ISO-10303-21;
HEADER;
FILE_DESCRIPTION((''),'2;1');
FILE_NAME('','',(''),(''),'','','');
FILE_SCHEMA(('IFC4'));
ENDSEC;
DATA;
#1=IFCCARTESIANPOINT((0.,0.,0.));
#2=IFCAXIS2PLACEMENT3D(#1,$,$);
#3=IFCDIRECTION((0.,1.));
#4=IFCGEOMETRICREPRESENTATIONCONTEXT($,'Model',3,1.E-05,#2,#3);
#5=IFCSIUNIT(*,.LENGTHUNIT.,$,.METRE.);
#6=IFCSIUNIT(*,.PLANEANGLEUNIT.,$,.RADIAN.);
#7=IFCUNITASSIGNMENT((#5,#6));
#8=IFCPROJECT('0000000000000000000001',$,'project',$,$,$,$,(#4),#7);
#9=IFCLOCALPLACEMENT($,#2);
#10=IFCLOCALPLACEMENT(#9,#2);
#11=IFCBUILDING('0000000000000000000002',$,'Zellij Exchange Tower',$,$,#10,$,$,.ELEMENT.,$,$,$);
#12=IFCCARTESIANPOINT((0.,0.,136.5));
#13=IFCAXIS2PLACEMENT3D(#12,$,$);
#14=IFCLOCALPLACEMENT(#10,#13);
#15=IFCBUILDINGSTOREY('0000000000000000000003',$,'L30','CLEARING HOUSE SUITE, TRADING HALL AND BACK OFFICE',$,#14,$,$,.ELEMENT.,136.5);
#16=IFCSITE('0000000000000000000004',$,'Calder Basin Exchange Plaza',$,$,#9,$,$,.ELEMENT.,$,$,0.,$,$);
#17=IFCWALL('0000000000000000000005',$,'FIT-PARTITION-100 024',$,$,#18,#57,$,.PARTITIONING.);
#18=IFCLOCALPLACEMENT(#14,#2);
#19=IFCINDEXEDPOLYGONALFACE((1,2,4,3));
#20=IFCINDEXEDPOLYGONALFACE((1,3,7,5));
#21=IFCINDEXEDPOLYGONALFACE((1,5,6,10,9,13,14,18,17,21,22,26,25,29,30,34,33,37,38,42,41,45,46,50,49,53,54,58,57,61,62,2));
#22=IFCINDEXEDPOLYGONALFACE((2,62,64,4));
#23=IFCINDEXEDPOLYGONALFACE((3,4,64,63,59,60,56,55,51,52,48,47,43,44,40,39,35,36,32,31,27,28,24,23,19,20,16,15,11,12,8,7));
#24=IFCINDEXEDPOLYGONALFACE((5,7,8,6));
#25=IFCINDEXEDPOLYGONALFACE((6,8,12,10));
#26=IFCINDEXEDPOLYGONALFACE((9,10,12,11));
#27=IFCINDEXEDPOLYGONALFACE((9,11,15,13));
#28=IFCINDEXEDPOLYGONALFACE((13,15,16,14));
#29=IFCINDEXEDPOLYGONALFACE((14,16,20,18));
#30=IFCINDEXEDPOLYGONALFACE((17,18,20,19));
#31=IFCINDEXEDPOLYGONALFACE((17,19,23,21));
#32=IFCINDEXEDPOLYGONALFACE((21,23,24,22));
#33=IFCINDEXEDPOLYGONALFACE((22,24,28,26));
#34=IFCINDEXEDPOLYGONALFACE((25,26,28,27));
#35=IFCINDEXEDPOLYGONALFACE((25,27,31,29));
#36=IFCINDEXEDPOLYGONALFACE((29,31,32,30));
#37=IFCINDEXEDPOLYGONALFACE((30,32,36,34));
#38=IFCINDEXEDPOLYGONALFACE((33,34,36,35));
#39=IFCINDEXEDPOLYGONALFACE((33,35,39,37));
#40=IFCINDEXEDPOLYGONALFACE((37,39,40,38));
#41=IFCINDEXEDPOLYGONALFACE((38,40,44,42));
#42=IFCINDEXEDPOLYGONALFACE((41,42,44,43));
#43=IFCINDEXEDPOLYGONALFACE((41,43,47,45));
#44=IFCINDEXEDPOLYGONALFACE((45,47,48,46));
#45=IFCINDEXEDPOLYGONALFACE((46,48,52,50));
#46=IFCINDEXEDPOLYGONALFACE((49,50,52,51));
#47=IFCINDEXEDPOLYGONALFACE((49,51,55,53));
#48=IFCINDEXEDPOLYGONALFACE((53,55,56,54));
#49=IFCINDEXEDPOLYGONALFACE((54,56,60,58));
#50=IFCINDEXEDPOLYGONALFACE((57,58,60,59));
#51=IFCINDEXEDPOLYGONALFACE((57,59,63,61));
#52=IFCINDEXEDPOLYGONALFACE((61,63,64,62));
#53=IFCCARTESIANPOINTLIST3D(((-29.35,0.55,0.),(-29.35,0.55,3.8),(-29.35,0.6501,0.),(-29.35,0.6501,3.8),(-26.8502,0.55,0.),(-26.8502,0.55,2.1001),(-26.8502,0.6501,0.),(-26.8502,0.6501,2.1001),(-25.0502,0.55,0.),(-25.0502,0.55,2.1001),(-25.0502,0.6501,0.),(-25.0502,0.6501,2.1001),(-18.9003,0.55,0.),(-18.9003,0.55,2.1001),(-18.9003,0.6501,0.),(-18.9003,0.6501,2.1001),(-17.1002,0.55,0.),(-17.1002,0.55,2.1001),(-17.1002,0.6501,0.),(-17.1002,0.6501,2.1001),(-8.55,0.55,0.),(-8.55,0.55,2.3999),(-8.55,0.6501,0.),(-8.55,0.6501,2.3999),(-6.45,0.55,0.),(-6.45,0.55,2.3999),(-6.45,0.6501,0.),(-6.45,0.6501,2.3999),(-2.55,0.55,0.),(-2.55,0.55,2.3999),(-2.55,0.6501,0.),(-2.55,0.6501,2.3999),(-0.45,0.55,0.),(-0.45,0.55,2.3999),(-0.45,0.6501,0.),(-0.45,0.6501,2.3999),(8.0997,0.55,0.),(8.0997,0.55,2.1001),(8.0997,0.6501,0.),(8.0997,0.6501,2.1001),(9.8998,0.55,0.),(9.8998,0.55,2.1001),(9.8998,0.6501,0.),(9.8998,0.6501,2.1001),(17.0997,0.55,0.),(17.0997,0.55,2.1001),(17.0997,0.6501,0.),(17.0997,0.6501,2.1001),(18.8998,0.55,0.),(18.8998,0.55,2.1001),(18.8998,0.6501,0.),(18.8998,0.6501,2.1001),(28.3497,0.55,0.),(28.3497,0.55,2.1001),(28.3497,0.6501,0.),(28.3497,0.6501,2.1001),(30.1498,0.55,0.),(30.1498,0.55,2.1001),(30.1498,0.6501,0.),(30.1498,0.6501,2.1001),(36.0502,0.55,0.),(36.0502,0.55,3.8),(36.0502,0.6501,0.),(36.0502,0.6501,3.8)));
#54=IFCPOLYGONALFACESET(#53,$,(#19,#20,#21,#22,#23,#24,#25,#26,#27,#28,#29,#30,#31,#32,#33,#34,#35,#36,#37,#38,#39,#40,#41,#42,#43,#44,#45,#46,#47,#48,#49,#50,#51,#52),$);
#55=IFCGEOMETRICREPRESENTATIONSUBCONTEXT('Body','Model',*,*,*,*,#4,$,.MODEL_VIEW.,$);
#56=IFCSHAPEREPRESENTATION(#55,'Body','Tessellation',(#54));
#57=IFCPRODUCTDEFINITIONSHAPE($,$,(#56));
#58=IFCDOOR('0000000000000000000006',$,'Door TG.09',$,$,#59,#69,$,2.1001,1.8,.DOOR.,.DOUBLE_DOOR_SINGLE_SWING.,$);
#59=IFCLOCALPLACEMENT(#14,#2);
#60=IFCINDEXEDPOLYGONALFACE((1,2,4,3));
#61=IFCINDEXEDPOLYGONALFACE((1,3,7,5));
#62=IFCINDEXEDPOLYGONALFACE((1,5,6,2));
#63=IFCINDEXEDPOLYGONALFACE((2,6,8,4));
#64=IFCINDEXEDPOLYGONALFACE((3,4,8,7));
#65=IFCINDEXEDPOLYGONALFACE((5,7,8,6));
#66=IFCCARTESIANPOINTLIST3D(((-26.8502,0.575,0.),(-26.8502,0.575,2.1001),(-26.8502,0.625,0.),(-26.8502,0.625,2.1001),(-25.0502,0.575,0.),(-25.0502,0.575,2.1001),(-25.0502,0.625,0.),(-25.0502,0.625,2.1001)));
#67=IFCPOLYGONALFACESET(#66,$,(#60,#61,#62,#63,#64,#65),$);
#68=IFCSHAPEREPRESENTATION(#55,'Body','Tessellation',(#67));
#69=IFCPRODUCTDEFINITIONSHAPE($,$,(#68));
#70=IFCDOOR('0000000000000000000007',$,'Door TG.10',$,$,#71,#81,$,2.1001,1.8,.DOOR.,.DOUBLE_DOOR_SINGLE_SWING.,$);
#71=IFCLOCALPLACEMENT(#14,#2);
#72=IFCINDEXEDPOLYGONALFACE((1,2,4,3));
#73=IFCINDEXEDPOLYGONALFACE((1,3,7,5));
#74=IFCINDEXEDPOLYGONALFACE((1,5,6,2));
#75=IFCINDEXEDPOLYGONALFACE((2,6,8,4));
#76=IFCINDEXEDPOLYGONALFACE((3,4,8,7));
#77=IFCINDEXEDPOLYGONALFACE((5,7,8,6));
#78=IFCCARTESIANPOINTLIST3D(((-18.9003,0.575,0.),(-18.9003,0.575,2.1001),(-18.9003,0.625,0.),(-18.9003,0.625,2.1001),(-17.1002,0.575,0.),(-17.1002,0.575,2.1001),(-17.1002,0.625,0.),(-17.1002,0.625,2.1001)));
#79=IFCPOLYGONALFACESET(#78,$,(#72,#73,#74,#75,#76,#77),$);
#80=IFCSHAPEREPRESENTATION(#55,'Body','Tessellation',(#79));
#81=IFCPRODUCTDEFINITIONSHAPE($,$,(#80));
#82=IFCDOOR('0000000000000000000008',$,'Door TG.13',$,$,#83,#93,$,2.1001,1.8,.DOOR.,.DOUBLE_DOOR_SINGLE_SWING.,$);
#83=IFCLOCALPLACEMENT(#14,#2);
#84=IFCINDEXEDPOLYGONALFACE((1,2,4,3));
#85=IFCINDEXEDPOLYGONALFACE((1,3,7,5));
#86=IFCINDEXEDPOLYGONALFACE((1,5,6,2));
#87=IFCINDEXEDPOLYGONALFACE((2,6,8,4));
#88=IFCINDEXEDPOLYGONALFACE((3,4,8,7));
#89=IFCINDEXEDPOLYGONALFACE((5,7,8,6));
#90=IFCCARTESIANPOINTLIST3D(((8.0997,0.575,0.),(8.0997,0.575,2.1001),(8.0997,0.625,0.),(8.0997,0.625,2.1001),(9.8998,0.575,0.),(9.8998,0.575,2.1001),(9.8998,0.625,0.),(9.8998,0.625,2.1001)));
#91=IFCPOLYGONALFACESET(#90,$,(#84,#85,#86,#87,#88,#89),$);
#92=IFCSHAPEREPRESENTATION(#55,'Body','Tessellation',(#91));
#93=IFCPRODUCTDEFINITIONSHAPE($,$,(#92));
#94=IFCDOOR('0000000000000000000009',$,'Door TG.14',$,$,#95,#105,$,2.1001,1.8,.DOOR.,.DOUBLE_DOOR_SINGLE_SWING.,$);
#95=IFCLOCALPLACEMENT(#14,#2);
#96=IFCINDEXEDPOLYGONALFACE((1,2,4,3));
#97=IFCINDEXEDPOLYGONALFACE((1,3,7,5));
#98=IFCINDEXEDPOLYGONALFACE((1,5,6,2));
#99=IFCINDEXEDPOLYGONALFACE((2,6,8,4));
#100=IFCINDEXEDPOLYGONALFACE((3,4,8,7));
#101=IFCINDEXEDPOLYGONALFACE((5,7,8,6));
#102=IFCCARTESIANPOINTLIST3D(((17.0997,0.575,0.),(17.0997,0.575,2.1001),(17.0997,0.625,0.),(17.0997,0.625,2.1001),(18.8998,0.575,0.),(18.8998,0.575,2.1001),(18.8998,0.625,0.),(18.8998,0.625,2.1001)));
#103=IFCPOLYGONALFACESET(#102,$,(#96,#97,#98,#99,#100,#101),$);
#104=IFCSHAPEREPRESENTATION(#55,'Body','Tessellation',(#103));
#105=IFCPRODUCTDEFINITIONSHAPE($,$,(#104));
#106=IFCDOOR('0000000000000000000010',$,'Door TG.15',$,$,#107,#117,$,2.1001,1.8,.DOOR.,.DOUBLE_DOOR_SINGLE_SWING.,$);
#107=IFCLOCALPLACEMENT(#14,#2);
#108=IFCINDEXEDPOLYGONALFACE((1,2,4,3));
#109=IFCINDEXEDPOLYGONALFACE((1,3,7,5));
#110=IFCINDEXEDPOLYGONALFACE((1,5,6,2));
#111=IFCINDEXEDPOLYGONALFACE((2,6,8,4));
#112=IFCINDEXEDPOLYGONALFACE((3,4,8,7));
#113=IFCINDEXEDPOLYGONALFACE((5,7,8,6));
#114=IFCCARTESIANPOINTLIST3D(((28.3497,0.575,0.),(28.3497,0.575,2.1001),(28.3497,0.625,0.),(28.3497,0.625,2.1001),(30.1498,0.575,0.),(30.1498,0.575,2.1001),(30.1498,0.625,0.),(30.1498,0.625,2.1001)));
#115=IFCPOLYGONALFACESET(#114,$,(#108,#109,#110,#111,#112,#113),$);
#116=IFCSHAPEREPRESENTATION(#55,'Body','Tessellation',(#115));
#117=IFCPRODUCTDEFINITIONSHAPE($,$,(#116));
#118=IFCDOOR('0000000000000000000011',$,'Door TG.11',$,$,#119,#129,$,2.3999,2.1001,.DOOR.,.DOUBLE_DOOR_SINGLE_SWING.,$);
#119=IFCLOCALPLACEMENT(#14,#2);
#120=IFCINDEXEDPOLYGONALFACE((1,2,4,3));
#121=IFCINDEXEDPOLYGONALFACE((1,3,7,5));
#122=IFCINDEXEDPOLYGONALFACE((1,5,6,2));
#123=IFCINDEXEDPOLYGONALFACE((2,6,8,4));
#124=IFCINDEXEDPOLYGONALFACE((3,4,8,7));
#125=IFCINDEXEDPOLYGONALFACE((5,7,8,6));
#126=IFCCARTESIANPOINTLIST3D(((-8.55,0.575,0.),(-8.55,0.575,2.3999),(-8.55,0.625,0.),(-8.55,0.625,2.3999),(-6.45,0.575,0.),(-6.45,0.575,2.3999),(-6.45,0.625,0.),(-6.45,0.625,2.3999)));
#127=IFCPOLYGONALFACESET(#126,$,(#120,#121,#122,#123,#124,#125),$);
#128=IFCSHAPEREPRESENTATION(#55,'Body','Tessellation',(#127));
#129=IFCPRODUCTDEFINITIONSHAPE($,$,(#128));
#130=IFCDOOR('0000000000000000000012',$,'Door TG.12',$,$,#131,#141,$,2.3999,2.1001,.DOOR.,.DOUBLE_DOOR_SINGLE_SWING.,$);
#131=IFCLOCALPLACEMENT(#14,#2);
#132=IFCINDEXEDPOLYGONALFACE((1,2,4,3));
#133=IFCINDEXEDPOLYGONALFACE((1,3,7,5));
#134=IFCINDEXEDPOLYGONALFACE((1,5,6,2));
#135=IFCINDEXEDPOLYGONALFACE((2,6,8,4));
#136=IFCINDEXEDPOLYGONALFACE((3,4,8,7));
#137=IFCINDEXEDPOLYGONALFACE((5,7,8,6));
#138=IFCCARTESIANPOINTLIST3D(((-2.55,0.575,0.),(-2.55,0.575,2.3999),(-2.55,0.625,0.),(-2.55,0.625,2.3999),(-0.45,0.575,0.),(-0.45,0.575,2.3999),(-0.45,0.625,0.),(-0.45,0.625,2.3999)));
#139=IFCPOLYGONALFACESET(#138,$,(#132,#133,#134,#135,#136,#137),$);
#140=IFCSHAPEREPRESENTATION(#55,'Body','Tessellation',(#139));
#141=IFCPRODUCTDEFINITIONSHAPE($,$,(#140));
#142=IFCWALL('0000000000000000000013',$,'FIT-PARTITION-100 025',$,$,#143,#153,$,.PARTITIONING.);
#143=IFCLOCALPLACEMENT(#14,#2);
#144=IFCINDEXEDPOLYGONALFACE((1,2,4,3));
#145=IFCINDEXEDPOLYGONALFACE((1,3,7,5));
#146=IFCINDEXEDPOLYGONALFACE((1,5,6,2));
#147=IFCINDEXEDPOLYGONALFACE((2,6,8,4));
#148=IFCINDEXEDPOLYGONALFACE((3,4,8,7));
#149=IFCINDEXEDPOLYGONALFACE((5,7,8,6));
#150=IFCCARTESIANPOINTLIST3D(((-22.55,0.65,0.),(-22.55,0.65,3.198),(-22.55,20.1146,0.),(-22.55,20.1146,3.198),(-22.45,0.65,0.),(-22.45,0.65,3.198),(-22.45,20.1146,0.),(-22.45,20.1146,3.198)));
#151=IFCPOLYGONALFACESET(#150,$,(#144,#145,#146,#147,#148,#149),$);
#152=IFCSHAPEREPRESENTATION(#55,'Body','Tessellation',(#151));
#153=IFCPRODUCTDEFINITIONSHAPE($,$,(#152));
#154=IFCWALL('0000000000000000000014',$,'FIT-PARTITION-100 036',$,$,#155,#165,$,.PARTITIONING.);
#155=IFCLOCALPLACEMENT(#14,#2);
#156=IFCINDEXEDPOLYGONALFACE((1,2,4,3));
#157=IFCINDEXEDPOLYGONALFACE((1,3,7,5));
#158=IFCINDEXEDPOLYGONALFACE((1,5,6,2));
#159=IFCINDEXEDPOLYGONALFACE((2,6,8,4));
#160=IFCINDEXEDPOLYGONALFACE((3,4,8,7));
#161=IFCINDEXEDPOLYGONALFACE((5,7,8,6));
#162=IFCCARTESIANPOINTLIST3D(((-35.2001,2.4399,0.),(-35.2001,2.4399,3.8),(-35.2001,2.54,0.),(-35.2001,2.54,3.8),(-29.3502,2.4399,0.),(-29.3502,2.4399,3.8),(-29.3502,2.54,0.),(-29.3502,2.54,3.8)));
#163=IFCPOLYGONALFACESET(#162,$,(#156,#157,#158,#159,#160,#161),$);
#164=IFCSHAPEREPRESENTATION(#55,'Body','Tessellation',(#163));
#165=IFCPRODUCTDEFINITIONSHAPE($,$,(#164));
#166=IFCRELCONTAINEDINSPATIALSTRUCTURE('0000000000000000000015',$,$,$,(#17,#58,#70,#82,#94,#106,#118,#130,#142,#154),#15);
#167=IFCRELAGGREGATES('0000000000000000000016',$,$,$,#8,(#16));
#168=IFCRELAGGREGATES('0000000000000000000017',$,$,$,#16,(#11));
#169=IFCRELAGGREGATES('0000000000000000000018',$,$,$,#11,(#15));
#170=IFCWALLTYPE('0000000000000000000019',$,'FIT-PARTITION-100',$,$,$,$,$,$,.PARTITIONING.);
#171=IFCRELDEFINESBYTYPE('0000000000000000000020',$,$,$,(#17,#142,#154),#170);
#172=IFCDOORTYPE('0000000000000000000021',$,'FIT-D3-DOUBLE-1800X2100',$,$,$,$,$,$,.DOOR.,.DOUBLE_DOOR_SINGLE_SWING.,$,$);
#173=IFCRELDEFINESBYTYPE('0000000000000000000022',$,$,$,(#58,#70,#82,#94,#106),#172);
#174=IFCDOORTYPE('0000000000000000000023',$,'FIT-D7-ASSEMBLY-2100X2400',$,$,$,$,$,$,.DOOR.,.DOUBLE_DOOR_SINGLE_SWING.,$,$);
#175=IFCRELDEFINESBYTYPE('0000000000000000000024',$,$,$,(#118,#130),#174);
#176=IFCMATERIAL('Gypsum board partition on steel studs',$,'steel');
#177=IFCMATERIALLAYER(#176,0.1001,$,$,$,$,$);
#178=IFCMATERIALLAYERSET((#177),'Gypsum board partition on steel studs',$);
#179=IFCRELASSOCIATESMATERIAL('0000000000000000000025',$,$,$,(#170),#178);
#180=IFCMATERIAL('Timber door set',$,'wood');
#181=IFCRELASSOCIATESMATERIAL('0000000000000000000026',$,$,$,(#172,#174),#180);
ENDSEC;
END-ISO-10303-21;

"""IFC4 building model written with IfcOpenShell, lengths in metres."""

from ifc_helpers import new_model, si_unit, direction, frame, frame_2d, origin, place, context, subcontext, project, spatial, rectangle, extrude, material, layer, layer_set, type_object, element, fill, save


model = new_model("IFC4")

# Units and contexts
model_context = context("Model", 3, precision=1e-05, world=origin(), true_north=direction((0.0, 1.0)))
body_context = subcontext(model_context, "Body", "Model", "MODEL_VIEW")
ifc_project = project(units=[si_unit("LENGTHUNIT", "METRE"), si_unit("PLANEANGLEUNIT", "RADIAN")], contexts=[model_context])

# Site, building, storey
site_placement = place(None, origin())
site = spatial("IfcSite", under=ifc_project, at=site_placement, Name="Calder Basin Exchange Plaza", CompositionType="ELEMENT", RefElevation=0.0)
building_placement = place(site_placement, origin())
building = spatial("IfcBuilding", under=site, at=building_placement, Name="Zellij Exchange Tower", CompositionType="ELEMENT")
storey_placement = place(building_placement, frame((0.0, 0.0, 136.5)))
storey = spatial("IfcBuildingStorey", under=building, at=storey_placement, Name="L30", Description="CLEARING HOUSE SUITE, TRADING HALL AND BACK OFFICE", CompositionType="ELEMENT", Elevation=136.5)

# Shared definitions
ifc_material_1 = material(Name="Gypsum board partition on steel studs", Category="steel")
ifc_layer_1 = layer(ifc_material_1, 0.1001)
ifc_layer_set_1 = layer_set([ifc_layer_1], Name="Gypsum board partition on steel studs")
wall_type_1 = type_object("IfcWallType", Name="FIT-PARTITION-100", PredefinedType="PARTITIONING", material=ifc_layer_set_1)

# Wall, openings, doors
wall_1_placement = place(storey_placement, frame((-29.3501, 0.6001, 0.0), z_axis=(0.0, 0.0, 1.0), x_axis=(1.0, 0.0, 0.0)))
wall_1 = element("IfcWall", 1, at=wall_1_placement, inside=storey, type_object=wall_type_1, Name="FIT-PARTITION-100 024", PredefinedType="PARTITIONING", context=body_context, shape_type="SweptSolid", body=[
    extrude(rectangle(XDim=65.4001, YDim=0.1001, at=frame_2d((32.7002, 0.0))), origin(), (0.0, 0.0, 1.0), 3.8),
])
opening_1_placement = place(wall_1_placement, frame((2.5, 0.0, 0.0)))
opening_1 = element("IfcOpeningElement", 2, at=opening_1_placement, cuts=wall_1, PredefinedType="OPENING", context=body_context, shape_type="SweptSolid", body=[
    extrude(rectangle(XDim=1.8, YDim=2.1001, at=frame_2d((0.8999, 1.05))), frame((0.0, 0.062, 0.0), z_axis=(0.0, -1.0, 0.0), x_axis=(1.0, 0.0, 0.0)), (0.0, 0.0, 1.0), 0.124),
])
opening_2_placement = place(wall_1_placement, frame((10.45, 0.0, 0.0)))
opening_2 = element("IfcOpeningElement", 3, at=opening_2_placement, cuts=wall_1, PredefinedType="OPENING", context=body_context, shape_type="SweptSolid", body=[
    extrude(rectangle(XDim=1.8, YDim=2.1001, at=frame_2d((0.8999, 1.05))), frame((0.0, 0.062, 0.0), z_axis=(0.0, -1.0, 0.0), x_axis=(1.0, 0.0, 0.0)), (0.0, 0.0, 1.0), 0.124),
])
opening_3_placement = place(wall_1_placement, frame((20.8, 0.0, 0.0)))
opening_3 = element("IfcOpeningElement", 4, at=opening_3_placement, cuts=wall_1, PredefinedType="OPENING", context=body_context, shape_type="SweptSolid", body=[
    extrude(rectangle(XDim=2.1001, YDim=2.3999, at=frame_2d((1.05, 1.2))), frame((0.0, 0.062, 0.0), z_axis=(0.0, -1.0, 0.0), x_axis=(1.0, 0.0, 0.0)), (0.0, 0.0, 1.0), 0.124),
])
opening_4_placement = place(wall_1_placement, frame((26.8, 0.0, 0.0)))
opening_4 = element("IfcOpeningElement", 5, at=opening_4_placement, cuts=wall_1, PredefinedType="OPENING", context=body_context, shape_type="SweptSolid", body=[
    extrude(rectangle(XDim=2.1001, YDim=2.3999, at=frame_2d((1.05, 1.2))), frame((0.0, 0.062, 0.0), z_axis=(0.0, -1.0, 0.0), x_axis=(1.0, 0.0, 0.0)), (0.0, 0.0, 1.0), 0.124),
])
opening_5_placement = place(wall_1_placement, frame((37.45, 0.0, 0.0)))
opening_5 = element("IfcOpeningElement", 6, at=opening_5_placement, cuts=wall_1, PredefinedType="OPENING", context=body_context, shape_type="SweptSolid", body=[
    extrude(rectangle(XDim=1.8, YDim=2.1001, at=frame_2d((0.8999, 1.05))), frame((0.0, 0.062, 0.0), z_axis=(0.0, -1.0, 0.0), x_axis=(1.0, 0.0, 0.0)), (0.0, 0.0, 1.0), 0.124),
])
opening_6_placement = place(wall_1_placement, frame((46.45, 0.0, 0.0)))
opening_6 = element("IfcOpeningElement", 7, at=opening_6_placement, cuts=wall_1, PredefinedType="OPENING", context=body_context, shape_type="SweptSolid", body=[
    extrude(rectangle(XDim=1.8, YDim=2.1001, at=frame_2d((0.8999, 1.05))), frame((0.0, 0.062, 0.0), z_axis=(0.0, -1.0, 0.0), x_axis=(1.0, 0.0, 0.0)), (0.0, 0.0, 1.0), 0.124),
])
opening_7_placement = place(wall_1_placement, frame((57.7, 0.0, 0.0)))
opening_7 = element("IfcOpeningElement", 8, at=opening_7_placement, cuts=wall_1, PredefinedType="OPENING", context=body_context, shape_type="SweptSolid", body=[
    extrude(rectangle(XDim=1.8, YDim=2.1001, at=frame_2d((0.8999, 1.05))), frame((0.0, 0.062, 0.0), z_axis=(0.0, -1.0, 0.0), x_axis=(1.0, 0.0, 0.0)), (0.0, 0.0, 1.0), 0.124),
])
ifc_material_2 = material(Name="Timber door set", Category="wood")
door_type_1 = type_object("IfcDoorType", Name="FIT-D3-DOUBLE-1800X2100", OperationType="DOUBLE_DOOR_SINGLE_SWING", PredefinedType="DOOR", material=ifc_material_2)
door_1_placement = place(opening_1_placement, origin())
door_1 = element("IfcDoor", 9, at=door_1_placement, inside=storey, type_object=door_type_1, Name="Door TG.09", OperationType="DOUBLE_DOOR_SINGLE_SWING", OverallHeight=2.1001, OverallWidth=1.8, PredefinedType="DOOR", context=body_context, shape_type="SweptSolid", body=[
    extrude(rectangle(XDim=1.8, YDim=2.1001, at=frame_2d((0.8999, 1.05))), frame((0.0, 0.0249, 0.0), z_axis=(0.0, -1.0, 0.0), x_axis=(1.0, 0.0, 0.0)), (0.0, 0.0, 1.0), 0.05),
])
fill(opening_1, door_1)
door_2_placement = place(opening_2_placement, origin())
door_2 = element("IfcDoor", 10, at=door_2_placement, inside=storey, type_object=door_type_1, Name="Door TG.10", OperationType="DOUBLE_DOOR_SINGLE_SWING", OverallHeight=2.1001, OverallWidth=1.8, PredefinedType="DOOR", context=body_context, shape_type="SweptSolid", body=[
    extrude(rectangle(XDim=1.8, YDim=2.1001, at=frame_2d((0.8999, 1.05))), frame((0.0, 0.0249, 0.0), z_axis=(0.0, -1.0, 0.0), x_axis=(1.0, 0.0, 0.0)), (0.0, 0.0, 1.0), 0.05),
])
fill(opening_2, door_2)
door_3_placement = place(opening_5_placement, origin())
door_3 = element("IfcDoor", 11, at=door_3_placement, inside=storey, type_object=door_type_1, Name="Door TG.13", OperationType="DOUBLE_DOOR_SINGLE_SWING", OverallHeight=2.1001, OverallWidth=1.8, PredefinedType="DOOR", context=body_context, shape_type="SweptSolid", body=[
    extrude(rectangle(XDim=1.8, YDim=2.1001, at=frame_2d((0.8999, 1.05))), frame((0.0, 0.0249, 0.0), z_axis=(0.0, -1.0, 0.0), x_axis=(1.0, 0.0, 0.0)), (0.0, 0.0, 1.0), 0.05),
])
fill(opening_5, door_3)
door_4_placement = place(opening_6_placement, origin())
door_4 = element("IfcDoor", 12, at=door_4_placement, inside=storey, type_object=door_type_1, Name="Door TG.14", OperationType="DOUBLE_DOOR_SINGLE_SWING", OverallHeight=2.1001, OverallWidth=1.8, PredefinedType="DOOR", context=body_context, shape_type="SweptSolid", body=[
    extrude(rectangle(XDim=1.8, YDim=2.1001, at=frame_2d((0.8999, 1.05))), frame((0.0, 0.0249, 0.0), z_axis=(0.0, -1.0, 0.0), x_axis=(1.0, 0.0, 0.0)), (0.0, 0.0, 1.0), 0.05),
])
fill(opening_6, door_4)
door_5_placement = place(opening_7_placement, origin())
door_5 = element("IfcDoor", 13, at=door_5_placement, inside=storey, type_object=door_type_1, Name="Door TG.15", OperationType="DOUBLE_DOOR_SINGLE_SWING", OverallHeight=2.1001, OverallWidth=1.8, PredefinedType="DOOR", context=body_context, shape_type="SweptSolid", body=[
    extrude(rectangle(XDim=1.8, YDim=2.1001, at=frame_2d((0.8999, 1.05))), frame((0.0, 0.0249, 0.0), z_axis=(0.0, -1.0, 0.0), x_axis=(1.0, 0.0, 0.0)), (0.0, 0.0, 1.0), 0.05),
])
fill(opening_7, door_5)
door_type_2 = type_object("IfcDoorType", Name="FIT-D7-ASSEMBLY-2100X2400", OperationType="DOUBLE_DOOR_SINGLE_SWING", PredefinedType="DOOR", material=ifc_material_2)
door_6_placement = place(opening_3_placement, origin())
door_6 = element("IfcDoor", 14, at=door_6_placement, inside=storey, type_object=door_type_2, Name="Door TG.11", OperationType="DOUBLE_DOOR_SINGLE_SWING", OverallHeight=2.3999, OverallWidth=2.1001, PredefinedType="DOOR", context=body_context, shape_type="SweptSolid", body=[
    extrude(rectangle(XDim=2.1001, YDim=2.3999, at=frame_2d((1.05, 1.2))), frame((0.0, 0.0249, 0.0), z_axis=(0.0, -1.0, 0.0), x_axis=(1.0, 0.0, 0.0)), (0.0, 0.0, 1.0), 0.05),
])
fill(opening_3, door_6)
door_7_placement = place(opening_4_placement, origin())
door_7 = element("IfcDoor", 15, at=door_7_placement, inside=storey, type_object=door_type_2, Name="Door TG.12", OperationType="DOUBLE_DOOR_SINGLE_SWING", OverallHeight=2.3999, OverallWidth=2.1001, PredefinedType="DOOR", context=body_context, shape_type="SweptSolid", body=[
    extrude(rectangle(XDim=2.1001, YDim=2.3999, at=frame_2d((1.05, 1.2))), frame((0.0, 0.0249, 0.0), z_axis=(0.0, -1.0, 0.0), x_axis=(1.0, 0.0, 0.0)), (0.0, 0.0, 1.0), 0.05),
])
fill(opening_4, door_7)

# Walls
wall_2_placement = place(storey_placement, frame((-22.5, 0.6499, 0.0), z_axis=(0.0, 0.0, 1.0), x_axis=(0.0, 1.0, 0.0)))
element("IfcWall", 16, at=wall_2_placement, inside=storey, type_object=wall_type_1, Name="FIT-PARTITION-100 025", PredefinedType="PARTITIONING", context=body_context, shape_type="SweptSolid", body=[
    extrude(rectangle(XDim=19.4646, YDim=0.1001, at=frame_2d((9.7324, 0.0))), origin(), (0.0, 0.0, 1.0), 3.198),
])
wall_3_placement = place(storey_placement, frame((-35.2, 2.49, 0.0), z_axis=(0.0, 0.0, 1.0), x_axis=(1.0, 0.0, 0.0)))
element("IfcWall", 17, at=wall_3_placement, inside=storey, type_object=wall_type_1, Name="FIT-PARTITION-100 036", PredefinedType="PARTITIONING", context=body_context, shape_type="SweptSolid", body=[
    extrude(rectangle(XDim=5.8499, YDim=0.1001, at=frame_2d((2.9248, 0.0))), origin(), (0.0, 0.0, 1.0), 3.8),
])

save(model, "model.ifc")
